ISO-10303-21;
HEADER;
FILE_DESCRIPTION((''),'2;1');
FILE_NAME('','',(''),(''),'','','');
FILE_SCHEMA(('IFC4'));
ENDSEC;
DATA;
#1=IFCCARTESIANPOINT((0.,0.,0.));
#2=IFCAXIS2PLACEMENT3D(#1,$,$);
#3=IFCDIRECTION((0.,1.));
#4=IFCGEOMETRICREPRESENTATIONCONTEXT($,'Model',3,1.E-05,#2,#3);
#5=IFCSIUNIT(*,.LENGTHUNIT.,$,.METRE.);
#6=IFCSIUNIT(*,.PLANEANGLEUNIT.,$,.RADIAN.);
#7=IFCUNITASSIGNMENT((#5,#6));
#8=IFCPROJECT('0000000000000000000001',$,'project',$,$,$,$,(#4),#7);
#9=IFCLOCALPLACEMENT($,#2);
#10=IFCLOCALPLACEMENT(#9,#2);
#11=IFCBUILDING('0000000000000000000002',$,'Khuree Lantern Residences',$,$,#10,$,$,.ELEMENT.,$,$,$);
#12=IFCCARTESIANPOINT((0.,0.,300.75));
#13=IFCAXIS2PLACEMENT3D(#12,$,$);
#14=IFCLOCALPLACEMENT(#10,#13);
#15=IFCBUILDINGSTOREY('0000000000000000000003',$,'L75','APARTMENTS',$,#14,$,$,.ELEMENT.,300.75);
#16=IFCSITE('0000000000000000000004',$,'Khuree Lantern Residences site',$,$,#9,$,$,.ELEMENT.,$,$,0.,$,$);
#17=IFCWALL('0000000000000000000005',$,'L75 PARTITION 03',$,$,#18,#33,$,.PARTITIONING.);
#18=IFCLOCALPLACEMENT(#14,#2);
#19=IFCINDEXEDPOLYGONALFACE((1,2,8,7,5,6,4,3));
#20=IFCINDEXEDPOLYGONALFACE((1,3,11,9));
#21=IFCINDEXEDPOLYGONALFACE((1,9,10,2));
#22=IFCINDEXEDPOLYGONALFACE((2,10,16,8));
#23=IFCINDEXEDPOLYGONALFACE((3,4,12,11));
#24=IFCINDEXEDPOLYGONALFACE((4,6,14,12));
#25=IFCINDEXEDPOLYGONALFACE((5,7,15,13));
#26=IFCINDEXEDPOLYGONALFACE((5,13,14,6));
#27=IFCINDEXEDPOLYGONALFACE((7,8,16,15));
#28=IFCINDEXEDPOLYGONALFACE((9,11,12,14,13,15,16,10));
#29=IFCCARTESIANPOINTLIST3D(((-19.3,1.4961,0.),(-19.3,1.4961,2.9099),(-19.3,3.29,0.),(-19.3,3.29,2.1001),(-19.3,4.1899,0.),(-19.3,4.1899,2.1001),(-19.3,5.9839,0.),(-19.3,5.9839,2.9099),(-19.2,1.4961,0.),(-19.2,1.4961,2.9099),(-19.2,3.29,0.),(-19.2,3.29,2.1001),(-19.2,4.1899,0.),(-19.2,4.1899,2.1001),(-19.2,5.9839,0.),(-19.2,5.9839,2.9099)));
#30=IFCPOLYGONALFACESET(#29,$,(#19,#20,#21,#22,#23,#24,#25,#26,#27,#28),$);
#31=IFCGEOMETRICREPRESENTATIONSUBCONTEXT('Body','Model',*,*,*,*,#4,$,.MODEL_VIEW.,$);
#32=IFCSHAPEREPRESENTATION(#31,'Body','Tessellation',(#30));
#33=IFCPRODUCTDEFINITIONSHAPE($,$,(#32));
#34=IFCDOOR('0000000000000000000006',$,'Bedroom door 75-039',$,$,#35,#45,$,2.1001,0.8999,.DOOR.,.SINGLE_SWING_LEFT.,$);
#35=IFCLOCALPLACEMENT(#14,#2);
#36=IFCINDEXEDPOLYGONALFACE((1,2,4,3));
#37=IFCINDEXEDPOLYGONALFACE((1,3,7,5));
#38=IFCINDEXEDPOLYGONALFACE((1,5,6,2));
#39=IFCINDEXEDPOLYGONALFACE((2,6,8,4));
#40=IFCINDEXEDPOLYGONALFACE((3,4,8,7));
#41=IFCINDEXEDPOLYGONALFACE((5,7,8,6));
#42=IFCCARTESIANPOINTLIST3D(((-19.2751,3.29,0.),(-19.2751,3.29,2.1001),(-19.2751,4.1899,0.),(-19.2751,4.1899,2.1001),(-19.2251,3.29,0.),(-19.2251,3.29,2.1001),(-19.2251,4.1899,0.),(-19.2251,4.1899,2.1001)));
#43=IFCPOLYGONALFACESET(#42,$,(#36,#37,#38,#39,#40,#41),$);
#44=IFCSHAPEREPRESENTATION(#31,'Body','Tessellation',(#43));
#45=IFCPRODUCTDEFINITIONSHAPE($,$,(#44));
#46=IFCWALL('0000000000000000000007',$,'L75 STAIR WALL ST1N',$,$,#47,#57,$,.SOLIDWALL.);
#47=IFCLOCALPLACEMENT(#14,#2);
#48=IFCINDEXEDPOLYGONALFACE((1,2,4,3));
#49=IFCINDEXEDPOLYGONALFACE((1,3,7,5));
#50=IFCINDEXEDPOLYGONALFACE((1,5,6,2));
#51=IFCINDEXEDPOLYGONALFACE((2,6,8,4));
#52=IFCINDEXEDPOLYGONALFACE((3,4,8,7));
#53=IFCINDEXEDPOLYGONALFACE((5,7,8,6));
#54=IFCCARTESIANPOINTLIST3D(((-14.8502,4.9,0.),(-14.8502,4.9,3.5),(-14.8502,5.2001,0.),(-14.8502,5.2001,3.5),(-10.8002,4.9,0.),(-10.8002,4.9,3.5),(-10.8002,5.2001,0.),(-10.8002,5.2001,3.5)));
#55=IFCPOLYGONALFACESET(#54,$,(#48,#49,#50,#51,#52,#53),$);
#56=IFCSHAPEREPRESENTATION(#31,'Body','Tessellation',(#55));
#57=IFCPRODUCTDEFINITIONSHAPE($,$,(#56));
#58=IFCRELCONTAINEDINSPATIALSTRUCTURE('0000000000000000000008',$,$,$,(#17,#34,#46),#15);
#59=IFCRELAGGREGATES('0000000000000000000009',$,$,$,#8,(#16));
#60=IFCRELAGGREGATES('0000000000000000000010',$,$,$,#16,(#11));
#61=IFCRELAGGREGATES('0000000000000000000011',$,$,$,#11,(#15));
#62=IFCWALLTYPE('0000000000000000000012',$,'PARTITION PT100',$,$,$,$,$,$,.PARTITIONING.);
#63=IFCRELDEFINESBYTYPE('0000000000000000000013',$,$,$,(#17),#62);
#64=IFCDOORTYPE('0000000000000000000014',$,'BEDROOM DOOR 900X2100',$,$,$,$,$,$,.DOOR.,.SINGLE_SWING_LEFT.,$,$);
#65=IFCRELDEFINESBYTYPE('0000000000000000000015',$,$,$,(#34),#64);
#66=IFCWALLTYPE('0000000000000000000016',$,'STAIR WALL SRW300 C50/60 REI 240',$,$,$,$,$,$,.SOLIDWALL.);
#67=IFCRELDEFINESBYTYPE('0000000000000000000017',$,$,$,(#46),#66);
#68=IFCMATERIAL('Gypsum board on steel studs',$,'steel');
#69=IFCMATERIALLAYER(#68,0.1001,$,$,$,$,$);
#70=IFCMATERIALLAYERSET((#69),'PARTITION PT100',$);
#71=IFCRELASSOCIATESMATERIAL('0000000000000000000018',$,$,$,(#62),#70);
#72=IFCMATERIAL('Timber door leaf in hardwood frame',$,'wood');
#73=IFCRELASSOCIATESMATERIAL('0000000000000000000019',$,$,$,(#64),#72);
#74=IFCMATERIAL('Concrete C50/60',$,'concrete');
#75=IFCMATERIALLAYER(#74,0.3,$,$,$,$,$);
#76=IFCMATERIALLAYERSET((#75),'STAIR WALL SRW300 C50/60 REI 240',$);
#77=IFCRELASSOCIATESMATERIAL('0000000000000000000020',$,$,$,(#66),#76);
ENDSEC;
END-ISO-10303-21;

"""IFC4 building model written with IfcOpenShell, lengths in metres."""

from ifc_helpers import new_model, si_unit, direction, frame, frame_2d, origin, place, context, subcontext, project, spatial, rectangle, extrude, material, layer, layer_set, type_object, element, fill, save


model = new_model("IFC4")

# Units and contexts
model_context = context("Model", 3, precision=1e-05, world=origin(), true_north=direction((0.0, 1.0)))
body_context = subcontext(model_context, "Body", "Model", "MODEL_VIEW")
ifc_project = project(units=[si_unit("LENGTHUNIT", "METRE"), si_unit("PLANEANGLEUNIT", "RADIAN")], contexts=[model_context])

# Site, building, storey
site_placement = place(None, origin())
site = spatial("IfcSite", under=ifc_project, at=site_placement, Name="Khuree Lantern Residences site", CompositionType="ELEMENT", RefElevation=0.0)
building_placement = place(site_placement, origin())
building = spatial("IfcBuilding", under=site, at=building_placement, Name="Khuree Lantern Residences", CompositionType="ELEMENT")
storey_placement = place(building_placement, frame((0.0, 0.0, 300.75)))
storey = spatial("IfcBuildingStorey", under=building, at=storey_placement, Name="L75", Description="APARTMENTS", CompositionType="ELEMENT", Elevation=300.75)

# Shared definitions
ifc_material_1 = material(Name="Concrete C50/60", Category="concrete")

# Shared definitions
ifc_material_2 = material(Name="Gypsum board on steel studs", Category="steel")

# Shared definitions
ifc_material_3 = material(Name="Timber door leaf in hardwood frame", Category="wood")

# Shared definitions
ifc_layer_1 = layer(ifc_material_2, 0.1001)
ifc_layer_set_1 = layer_set([ifc_layer_1], Name="PARTITION PT100")
wall_type_1 = type_object("IfcWallType", Name="PARTITION PT100", PredefinedType="PARTITIONING", material=ifc_layer_set_1)

# Wall, opening, door
door_type_1 = type_object("IfcDoorType", Name="BEDROOM DOOR 900X2100", OperationType="SINGLE_SWING_LEFT", PredefinedType="DOOR", material=ifc_material_3)
wall_1_placement = place(storey_placement, frame((-19.25, 5.9839, 0.0), z_axis=(0.0, 0.0, 1.0), x_axis=(0.0, -1.0, 0.0)))
wall_1 = element("IfcWall", 1, at=wall_1_placement, inside=storey, type_object=wall_type_1, Name="L75 PARTITION 03", PredefinedType="PARTITIONING", context=body_context, shape_type="SweptSolid", body=[
    extrude(rectangle(XDim=4.4878, YDim=0.1001, at=frame_2d((2.2439, 0.0))), origin(), (0.0, 0.0, 1.0), 2.9099),
])
opening_1_placement = place(wall_1_placement, frame((1.7939, 0.0, 0.0)))
opening_1 = element("IfcOpeningElement", 2, at=opening_1_placement, cuts=wall_1, PredefinedType="OPENING", context=body_context, shape_type="SweptSolid", body=[
    extrude(rectangle(XDim=0.8999, YDim=2.1001, at=frame_2d((0.45, 1.05))), frame((0.0, 0.0601, 0.0), z_axis=(0.0, -1.0, 0.0), x_axis=(1.0, 0.0, 0.0)), (0.0, 0.0, 1.0), 0.1201),
])
door_1_placement = place(opening_1_placement, origin())
door_1 = element("IfcDoor", 3, at=door_1_placement, inside=storey, type_object=door_type_1, Name="Bedroom door 75-039", OperationType="SINGLE_SWING_LEFT", OverallHeight=2.1001, OverallWidth=0.8999, PredefinedType="DOOR", context=body_context, shape_type="SweptSolid", body=[
    extrude(rectangle(XDim=0.8999, YDim=2.1001, at=frame_2d((0.45, 1.05))), frame((0.0, 0.0249, 0.0), z_axis=(0.0, -1.0, 0.0), x_axis=(1.0, 0.0, 0.0)), (0.0, 0.0, 1.0), 0.05),
])
fill(opening_1, door_1)

# Wall
ifc_layer_2 = layer(ifc_material_1, 0.3)
ifc_layer_set_2 = layer_set([ifc_layer_2], Name="STAIR WALL SRW300 C50/60 REI 240")
wall_type_2 = type_object("IfcWallType", Name="STAIR WALL SRW300 C50/60 REI 240", PredefinedType="SOLIDWALL", material=ifc_layer_set_2)
wall_2_placement = place(storey_placement, frame((-14.8501, 5.05, 0.0), z_axis=(0.0, 0.0, 1.0), x_axis=(1.0, 0.0, 0.0)))
element("IfcWall", 4, at=wall_2_placement, inside=storey, type_object=wall_type_2, Name="L75 STAIR WALL ST1N", PredefinedType="SOLIDWALL", context=body_context, shape_type="SweptSolid", body=[
    extrude(rectangle(XDim=4.05, YDim=0.3, at=frame_2d((2.0249, 0.0))), origin(), (0.0, 0.0, 1.0), 3.5),
])

save(model, "model.ifc")
